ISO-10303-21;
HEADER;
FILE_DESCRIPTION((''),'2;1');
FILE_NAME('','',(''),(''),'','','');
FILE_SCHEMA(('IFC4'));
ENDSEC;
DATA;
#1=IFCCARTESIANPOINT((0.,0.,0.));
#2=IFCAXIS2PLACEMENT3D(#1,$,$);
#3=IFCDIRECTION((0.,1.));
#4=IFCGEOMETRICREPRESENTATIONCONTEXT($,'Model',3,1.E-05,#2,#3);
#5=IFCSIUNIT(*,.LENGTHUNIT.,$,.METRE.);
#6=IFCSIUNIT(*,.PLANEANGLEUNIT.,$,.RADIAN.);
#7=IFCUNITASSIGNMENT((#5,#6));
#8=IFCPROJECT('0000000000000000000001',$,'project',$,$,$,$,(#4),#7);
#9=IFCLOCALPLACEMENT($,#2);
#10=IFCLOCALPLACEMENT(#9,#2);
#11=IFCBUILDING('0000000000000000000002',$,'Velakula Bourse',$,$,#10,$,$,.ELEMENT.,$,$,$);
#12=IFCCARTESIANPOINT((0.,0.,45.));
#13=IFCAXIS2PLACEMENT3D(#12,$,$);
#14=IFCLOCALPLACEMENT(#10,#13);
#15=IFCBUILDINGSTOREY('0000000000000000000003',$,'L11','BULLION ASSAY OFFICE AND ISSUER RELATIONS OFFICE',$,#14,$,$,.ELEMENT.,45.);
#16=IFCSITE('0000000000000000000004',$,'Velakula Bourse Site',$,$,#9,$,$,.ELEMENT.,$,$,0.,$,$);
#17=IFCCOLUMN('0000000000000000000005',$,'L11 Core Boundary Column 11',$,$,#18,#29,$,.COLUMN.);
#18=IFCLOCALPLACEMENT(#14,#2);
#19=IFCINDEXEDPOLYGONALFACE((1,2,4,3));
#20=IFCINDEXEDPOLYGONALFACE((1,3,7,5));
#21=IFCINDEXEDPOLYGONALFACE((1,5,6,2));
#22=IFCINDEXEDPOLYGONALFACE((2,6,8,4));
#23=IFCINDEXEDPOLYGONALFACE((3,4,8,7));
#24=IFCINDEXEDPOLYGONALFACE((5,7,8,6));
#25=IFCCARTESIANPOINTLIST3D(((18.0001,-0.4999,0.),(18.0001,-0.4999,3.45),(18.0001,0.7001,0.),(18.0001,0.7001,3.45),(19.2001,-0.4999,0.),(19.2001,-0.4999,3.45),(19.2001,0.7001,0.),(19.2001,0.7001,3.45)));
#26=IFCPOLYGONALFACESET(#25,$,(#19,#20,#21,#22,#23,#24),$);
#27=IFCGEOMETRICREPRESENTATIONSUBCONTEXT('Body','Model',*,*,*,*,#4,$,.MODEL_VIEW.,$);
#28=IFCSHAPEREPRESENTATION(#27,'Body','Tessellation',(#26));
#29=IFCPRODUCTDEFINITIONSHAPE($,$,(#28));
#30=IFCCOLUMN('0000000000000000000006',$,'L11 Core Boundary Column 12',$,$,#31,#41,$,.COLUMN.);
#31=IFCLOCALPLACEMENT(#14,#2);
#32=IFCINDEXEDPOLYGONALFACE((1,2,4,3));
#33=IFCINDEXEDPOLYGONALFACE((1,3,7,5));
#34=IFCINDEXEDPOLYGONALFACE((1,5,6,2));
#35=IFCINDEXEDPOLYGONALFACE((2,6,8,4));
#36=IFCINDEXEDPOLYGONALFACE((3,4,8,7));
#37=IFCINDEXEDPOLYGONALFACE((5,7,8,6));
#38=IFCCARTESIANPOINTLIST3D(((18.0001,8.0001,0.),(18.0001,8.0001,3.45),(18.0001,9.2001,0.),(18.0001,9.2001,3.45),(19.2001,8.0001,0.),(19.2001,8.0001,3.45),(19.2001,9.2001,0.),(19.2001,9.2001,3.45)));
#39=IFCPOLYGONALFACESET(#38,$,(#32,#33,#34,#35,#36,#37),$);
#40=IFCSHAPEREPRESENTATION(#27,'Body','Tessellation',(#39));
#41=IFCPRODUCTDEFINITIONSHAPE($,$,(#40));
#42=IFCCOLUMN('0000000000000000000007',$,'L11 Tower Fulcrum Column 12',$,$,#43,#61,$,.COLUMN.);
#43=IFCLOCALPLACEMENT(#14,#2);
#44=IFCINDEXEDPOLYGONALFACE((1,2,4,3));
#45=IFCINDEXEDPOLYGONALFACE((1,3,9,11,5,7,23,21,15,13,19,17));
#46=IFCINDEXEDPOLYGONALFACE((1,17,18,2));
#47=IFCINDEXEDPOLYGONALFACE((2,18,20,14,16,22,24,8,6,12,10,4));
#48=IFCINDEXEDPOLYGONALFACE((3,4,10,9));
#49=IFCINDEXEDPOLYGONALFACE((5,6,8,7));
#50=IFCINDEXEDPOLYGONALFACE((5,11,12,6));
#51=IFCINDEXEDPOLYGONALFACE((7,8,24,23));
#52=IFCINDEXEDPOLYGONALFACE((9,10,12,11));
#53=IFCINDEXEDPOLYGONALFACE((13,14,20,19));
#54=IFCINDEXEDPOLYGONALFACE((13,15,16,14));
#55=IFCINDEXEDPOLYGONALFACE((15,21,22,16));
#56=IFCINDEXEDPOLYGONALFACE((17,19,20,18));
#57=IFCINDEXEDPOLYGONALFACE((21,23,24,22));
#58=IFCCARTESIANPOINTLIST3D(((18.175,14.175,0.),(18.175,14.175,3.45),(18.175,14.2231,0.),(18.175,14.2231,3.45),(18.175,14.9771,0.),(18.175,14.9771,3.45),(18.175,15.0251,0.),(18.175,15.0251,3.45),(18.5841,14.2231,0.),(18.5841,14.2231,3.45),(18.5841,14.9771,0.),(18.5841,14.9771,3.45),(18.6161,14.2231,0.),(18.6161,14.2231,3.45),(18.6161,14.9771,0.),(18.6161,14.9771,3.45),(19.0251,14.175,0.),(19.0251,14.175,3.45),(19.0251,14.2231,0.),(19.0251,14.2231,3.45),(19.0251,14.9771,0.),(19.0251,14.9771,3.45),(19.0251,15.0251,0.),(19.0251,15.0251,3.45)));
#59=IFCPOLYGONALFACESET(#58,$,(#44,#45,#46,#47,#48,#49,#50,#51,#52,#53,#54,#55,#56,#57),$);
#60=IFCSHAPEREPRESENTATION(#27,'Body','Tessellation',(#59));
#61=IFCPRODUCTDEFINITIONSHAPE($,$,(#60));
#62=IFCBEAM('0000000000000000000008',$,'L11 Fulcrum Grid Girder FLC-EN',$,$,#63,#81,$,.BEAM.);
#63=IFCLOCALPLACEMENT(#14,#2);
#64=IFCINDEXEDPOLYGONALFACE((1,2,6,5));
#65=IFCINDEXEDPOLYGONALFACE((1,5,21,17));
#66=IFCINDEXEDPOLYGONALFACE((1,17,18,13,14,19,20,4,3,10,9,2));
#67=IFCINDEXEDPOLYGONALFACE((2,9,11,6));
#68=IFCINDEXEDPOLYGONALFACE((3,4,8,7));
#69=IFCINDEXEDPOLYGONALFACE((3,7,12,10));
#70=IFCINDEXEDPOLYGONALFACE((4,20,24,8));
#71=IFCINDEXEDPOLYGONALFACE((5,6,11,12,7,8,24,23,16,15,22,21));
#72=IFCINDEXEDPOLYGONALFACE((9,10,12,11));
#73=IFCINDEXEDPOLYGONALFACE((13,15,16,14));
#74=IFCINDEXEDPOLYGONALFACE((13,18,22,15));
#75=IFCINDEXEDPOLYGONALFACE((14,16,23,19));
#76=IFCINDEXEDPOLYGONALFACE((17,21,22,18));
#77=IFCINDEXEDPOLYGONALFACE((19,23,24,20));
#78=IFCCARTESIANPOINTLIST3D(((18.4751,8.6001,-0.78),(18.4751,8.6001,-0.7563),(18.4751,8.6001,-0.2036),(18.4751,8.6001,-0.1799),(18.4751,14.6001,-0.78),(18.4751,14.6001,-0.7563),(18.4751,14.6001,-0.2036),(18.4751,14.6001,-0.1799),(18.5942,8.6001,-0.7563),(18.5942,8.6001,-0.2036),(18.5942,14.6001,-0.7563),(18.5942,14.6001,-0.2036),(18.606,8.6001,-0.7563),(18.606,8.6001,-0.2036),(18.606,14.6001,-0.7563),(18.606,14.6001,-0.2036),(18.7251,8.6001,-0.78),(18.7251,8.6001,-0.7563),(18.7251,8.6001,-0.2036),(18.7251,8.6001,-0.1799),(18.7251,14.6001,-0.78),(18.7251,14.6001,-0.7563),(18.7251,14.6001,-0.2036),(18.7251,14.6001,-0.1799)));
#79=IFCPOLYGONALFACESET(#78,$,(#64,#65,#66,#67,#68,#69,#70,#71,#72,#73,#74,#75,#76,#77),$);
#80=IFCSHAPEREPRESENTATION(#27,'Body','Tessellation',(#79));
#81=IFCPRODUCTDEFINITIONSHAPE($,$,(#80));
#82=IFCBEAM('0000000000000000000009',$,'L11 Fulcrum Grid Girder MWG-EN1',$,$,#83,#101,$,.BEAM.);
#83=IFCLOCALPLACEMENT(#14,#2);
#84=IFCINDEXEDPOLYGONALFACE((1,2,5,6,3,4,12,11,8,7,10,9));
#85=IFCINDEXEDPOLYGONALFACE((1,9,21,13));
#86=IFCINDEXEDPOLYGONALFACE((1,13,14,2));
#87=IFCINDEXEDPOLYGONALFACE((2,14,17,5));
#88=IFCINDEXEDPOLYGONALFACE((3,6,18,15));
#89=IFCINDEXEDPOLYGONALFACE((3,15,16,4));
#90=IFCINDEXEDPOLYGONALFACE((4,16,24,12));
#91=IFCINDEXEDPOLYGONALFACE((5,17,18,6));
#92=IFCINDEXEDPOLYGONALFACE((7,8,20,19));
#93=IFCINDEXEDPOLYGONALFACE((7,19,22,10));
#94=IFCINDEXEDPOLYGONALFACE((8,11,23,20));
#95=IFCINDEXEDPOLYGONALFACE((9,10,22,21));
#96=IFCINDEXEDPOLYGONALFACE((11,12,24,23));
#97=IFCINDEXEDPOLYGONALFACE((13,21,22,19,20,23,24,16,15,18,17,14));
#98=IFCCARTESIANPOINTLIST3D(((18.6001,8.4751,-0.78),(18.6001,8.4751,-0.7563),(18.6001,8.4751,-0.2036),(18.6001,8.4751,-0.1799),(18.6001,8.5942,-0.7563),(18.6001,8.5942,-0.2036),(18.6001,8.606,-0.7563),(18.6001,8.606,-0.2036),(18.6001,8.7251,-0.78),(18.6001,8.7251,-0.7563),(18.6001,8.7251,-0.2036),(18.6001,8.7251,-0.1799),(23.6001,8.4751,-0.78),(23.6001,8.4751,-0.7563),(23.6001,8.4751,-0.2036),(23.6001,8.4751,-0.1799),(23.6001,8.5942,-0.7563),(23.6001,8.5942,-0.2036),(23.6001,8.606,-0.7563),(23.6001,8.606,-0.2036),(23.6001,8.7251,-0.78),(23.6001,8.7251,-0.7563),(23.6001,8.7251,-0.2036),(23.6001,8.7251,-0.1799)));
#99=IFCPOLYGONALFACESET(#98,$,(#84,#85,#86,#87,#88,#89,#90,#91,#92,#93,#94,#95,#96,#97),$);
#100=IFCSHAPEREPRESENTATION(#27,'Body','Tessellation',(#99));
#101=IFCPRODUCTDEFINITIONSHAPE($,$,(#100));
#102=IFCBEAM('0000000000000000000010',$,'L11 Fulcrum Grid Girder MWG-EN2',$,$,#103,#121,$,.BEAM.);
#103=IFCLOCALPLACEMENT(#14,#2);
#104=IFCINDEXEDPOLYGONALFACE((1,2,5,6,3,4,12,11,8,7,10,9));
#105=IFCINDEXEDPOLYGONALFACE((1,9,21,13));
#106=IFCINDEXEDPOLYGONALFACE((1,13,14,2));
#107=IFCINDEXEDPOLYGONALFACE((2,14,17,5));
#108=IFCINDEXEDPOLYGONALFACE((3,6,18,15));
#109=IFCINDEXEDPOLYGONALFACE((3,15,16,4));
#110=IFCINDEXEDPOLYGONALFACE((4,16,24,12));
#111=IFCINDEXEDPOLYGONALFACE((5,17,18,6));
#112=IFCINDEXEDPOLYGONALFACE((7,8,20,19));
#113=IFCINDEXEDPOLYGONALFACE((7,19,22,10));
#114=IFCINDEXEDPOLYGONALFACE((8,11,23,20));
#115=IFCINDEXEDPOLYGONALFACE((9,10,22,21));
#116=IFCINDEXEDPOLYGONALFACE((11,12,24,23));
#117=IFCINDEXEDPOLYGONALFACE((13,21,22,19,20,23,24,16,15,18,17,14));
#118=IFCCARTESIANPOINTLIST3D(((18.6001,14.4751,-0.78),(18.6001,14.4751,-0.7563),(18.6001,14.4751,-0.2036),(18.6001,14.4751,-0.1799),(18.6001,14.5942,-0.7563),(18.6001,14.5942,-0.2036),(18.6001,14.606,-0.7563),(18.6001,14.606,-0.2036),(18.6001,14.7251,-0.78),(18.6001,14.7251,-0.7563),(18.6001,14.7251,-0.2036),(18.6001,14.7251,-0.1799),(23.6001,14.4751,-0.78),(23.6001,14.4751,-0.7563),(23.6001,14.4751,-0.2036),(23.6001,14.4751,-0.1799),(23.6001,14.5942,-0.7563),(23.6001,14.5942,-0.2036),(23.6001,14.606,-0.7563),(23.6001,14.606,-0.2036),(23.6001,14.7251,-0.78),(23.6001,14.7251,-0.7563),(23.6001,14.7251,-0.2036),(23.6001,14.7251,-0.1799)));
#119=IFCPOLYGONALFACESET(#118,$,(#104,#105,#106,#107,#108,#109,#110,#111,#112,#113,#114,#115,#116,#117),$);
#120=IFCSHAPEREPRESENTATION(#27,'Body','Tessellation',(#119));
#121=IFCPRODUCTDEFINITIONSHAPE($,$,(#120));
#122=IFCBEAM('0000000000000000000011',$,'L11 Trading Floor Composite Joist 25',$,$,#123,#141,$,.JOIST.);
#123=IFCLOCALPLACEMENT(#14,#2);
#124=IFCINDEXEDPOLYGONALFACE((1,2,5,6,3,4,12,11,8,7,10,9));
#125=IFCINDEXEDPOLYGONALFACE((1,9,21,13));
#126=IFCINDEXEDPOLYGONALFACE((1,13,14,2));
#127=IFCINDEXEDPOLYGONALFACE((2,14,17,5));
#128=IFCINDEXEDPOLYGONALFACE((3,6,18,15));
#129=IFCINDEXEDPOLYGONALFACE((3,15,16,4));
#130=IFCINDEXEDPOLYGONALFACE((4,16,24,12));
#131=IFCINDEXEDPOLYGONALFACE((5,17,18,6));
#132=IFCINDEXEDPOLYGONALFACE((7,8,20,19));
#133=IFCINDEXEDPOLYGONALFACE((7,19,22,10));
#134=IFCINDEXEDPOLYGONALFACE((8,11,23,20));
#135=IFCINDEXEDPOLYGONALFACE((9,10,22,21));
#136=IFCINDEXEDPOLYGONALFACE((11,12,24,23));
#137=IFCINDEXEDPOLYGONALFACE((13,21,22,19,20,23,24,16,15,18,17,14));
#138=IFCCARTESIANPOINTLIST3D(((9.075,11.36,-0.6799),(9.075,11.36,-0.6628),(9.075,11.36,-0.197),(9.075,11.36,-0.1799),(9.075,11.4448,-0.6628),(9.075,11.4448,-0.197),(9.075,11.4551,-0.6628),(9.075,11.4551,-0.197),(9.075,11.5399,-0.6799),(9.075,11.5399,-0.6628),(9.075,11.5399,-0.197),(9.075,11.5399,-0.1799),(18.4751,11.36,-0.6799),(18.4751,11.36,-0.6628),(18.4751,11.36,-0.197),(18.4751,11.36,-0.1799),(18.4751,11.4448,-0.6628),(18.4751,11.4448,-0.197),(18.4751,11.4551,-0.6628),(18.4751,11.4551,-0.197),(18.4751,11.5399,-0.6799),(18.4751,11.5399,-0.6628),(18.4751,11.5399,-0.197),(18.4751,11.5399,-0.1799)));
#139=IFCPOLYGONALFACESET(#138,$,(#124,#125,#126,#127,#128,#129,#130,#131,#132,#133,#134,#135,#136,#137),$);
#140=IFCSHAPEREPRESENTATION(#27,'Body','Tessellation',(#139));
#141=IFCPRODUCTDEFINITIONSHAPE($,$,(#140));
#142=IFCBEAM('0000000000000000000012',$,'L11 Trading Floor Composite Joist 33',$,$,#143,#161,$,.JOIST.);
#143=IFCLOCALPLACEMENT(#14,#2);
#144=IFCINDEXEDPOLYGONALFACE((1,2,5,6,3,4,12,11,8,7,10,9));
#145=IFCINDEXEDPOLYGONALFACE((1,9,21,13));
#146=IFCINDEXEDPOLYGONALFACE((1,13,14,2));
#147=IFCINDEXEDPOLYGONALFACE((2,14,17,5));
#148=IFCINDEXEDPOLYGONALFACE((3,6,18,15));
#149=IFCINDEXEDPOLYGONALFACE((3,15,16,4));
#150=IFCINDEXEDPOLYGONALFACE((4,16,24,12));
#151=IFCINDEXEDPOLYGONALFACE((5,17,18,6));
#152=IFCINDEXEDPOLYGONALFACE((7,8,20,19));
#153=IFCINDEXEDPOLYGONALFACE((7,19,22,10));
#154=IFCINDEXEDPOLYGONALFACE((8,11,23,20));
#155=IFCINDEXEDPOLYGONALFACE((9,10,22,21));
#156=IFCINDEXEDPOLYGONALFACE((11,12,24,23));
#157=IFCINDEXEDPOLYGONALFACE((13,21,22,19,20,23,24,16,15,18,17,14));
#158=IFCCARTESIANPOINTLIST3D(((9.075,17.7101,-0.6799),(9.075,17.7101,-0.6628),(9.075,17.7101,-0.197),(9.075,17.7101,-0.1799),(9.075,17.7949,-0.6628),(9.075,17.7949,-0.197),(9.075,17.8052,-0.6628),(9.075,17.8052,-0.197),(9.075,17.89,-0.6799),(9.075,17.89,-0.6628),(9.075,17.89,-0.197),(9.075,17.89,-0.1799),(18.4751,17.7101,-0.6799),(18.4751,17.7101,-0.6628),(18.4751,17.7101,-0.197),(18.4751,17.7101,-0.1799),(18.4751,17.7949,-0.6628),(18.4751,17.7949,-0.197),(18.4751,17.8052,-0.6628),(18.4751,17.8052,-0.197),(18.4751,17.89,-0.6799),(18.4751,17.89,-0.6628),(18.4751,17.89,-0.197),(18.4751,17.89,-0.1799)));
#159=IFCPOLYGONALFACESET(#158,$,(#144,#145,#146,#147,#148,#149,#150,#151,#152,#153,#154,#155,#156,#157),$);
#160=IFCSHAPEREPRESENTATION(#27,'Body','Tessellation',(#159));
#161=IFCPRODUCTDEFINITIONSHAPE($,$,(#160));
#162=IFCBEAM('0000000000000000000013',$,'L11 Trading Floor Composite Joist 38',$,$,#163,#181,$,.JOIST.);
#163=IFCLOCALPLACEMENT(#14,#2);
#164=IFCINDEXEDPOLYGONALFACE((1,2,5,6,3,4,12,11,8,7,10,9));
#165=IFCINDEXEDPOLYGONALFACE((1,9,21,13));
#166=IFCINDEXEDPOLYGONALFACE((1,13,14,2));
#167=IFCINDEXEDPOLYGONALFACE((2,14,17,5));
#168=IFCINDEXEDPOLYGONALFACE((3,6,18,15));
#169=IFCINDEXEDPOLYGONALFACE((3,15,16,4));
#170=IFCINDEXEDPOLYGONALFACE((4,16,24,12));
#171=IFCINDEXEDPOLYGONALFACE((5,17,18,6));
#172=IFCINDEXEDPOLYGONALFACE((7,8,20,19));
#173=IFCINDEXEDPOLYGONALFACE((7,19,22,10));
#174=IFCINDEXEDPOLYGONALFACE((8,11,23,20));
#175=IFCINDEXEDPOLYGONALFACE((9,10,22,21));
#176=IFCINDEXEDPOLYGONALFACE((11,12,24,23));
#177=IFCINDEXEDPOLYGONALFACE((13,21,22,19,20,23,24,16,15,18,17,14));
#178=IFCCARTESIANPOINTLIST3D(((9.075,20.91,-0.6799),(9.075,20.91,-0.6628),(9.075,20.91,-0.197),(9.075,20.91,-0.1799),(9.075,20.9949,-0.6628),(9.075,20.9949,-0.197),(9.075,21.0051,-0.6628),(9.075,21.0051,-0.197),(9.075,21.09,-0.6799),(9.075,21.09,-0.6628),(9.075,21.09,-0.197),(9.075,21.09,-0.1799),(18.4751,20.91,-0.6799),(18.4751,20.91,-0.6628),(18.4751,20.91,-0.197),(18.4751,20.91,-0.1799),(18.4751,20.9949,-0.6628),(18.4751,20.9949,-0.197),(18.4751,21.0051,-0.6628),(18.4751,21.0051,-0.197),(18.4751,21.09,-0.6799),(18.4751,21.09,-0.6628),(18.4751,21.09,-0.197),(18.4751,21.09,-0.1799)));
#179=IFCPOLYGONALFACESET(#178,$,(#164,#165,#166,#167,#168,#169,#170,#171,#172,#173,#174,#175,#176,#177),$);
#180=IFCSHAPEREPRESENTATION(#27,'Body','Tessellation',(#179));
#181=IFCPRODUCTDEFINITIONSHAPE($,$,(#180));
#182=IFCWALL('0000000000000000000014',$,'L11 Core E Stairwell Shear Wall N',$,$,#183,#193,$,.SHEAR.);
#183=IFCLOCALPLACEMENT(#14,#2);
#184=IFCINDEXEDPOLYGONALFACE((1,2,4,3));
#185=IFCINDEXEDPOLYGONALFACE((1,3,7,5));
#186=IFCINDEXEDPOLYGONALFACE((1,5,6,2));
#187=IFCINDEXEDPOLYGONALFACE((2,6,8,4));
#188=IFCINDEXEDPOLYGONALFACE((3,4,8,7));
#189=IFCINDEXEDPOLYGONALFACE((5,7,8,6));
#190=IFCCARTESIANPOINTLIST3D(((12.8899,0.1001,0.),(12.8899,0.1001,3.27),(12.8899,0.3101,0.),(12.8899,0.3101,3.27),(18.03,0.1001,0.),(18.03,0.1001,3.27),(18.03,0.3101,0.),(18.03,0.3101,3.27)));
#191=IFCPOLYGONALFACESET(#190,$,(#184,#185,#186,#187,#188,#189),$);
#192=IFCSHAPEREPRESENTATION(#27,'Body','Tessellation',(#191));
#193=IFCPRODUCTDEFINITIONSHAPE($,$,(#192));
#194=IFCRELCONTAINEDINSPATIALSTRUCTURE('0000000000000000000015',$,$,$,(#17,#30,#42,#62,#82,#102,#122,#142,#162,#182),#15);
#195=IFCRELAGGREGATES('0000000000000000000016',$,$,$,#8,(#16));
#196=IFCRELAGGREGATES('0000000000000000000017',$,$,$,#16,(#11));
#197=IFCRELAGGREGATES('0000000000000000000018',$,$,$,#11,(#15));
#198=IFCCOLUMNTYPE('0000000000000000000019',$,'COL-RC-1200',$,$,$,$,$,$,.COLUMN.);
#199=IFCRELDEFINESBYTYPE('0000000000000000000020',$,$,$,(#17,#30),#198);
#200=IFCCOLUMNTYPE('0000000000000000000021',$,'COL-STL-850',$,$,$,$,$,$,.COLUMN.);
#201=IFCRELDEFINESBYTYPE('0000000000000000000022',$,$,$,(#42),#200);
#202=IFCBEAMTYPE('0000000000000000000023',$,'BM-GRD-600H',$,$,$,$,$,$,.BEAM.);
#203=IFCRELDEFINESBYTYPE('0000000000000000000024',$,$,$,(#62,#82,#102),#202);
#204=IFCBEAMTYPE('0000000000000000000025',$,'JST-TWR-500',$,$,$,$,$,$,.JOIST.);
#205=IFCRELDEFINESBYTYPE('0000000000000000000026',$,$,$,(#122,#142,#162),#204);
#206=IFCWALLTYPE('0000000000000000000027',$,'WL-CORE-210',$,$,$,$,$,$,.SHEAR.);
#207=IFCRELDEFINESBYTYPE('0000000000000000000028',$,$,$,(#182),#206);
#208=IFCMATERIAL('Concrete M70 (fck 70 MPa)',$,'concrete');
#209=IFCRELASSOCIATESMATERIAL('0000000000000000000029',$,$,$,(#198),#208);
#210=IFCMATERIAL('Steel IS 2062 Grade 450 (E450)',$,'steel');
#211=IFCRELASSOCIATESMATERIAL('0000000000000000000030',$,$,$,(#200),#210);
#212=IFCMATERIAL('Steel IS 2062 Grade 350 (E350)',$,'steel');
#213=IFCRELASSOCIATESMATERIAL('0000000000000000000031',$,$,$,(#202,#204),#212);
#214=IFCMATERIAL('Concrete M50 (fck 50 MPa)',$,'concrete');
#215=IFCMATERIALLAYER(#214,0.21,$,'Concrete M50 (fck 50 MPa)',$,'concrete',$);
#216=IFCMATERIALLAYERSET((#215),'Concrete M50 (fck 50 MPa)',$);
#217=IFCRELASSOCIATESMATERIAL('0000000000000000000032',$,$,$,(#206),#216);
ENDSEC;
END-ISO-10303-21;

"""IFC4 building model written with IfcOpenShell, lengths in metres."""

from ifc_helpers import new_model, si_unit, direction, frame, frame_2d, origin, origin_2d, place, context, subcontext, project, spatial, rectangle, i_section, extrude, material, layer, layer_set, material_profile, profile_set, type_object, element, save


model = new_model("IFC4")

# Units and contexts
model_context = context("Model", 3, precision=1e-05, world=origin(), true_north=direction((0.0, 1.0)))
body_context = subcontext(model_context, "Body", "Model", "MODEL_VIEW")
ifc_project = project(units=[si_unit("LENGTHUNIT", "METRE"), si_unit("PLANEANGLEUNIT", "RADIAN")], contexts=[model_context])

# Site, building, storey
site_placement = place(None, origin())
site = spatial("IfcSite", under=ifc_project, at=site_placement, Name="Velakula Bourse Site", CompositionType="ELEMENT", RefElevation=0.0)
building_placement = place(site_placement, origin())
building = spatial("IfcBuilding", under=site, at=building_placement, Name="Velakula Bourse", CompositionType="ELEMENT")
storey_placement = place(building_placement, frame((0.0, 0.0, 45.0)))
storey = spatial("IfcBuildingStorey", under=building, at=storey_placement, Name="L11", Description="BULLION ASSAY OFFICE AND ISSUER RELATIONS OFFICE", CompositionType="ELEMENT", Elevation=45.0)

# Columns
ifc_material_1 = material(Name="Concrete M70 (fck 70 MPa)", Category="concrete")
ifc_material_profile_1 = material_profile(ifc_material_1, rectangle(XDim=1.2, YDim=1.2, at=origin_2d()), Name="Concrete M70 (fck 70 MPa)")
ifc_profile_set_1 = profile_set([ifc_material_profile_1], Name="Concrete M70 (fck 70 MPa)")
column_type_1 = type_object("IfcColumnType", Name="COL-RC-1200", PredefinedType="COLUMN", material=ifc_profile_set_1)
for number, where, z_axis, x_axis, name in (
    (1, (18.6001, 0.1001, 0.0), (0.0, 0.0, 1.0), (1.0, 0.0, 0.0), "L11 Core Boundary Column 11"),
    (2, (18.6001, 8.6001, 0.0), (0.0, 0.0, 1.0), (1.0, 0.0, 0.0), "L11 Core Boundary Column 12"),
):
    element("IfcColumn", number, at=place(storey_placement, frame(where, z_axis=z_axis, x_axis=x_axis)), inside=storey, type_object=column_type_1, Name=name, PredefinedType="COLUMN", context=body_context, shape_type="SweptSolid", body=[
        extrude(rectangle(XDim=1.2, YDim=1.2, at=origin_2d()), origin(), (0.0, 0.0, 1.0), 3.45),
    ])
ifc_material_2 = material(Name="Steel IS 2062 Grade 450 (E450)", Category="steel")
ifc_material_profile_2 = material_profile(ifc_material_2, i_section(OverallWidth=0.8501, OverallDepth=0.8501, WebThickness=0.032, FlangeThickness=0.0481, at=origin_2d()), Name="Steel IS 2062 Grade 450 (E450)")
ifc_profile_set_2 = profile_set([ifc_material_profile_2], Name="Steel IS 2062 Grade 450 (E450)")
column_type_2 = type_object("IfcColumnType", Name="COL-STL-850", PredefinedType="COLUMN", material=ifc_profile_set_2)
column_placement = place(storey_placement, frame((18.6001, 14.6001, 0.0), z_axis=(0.0, 0.0, 1.0), x_axis=(1.0, 0.0, 0.0)))
element("IfcColumn", 3, at=column_placement, inside=storey, type_object=column_type_2, Name="L11 Tower Fulcrum Column 12", PredefinedType="COLUMN", context=body_context, shape_type="SweptSolid", body=[
    extrude(i_section(OverallWidth=0.8501, OverallDepth=0.8501, WebThickness=0.032, FlangeThickness=0.0481, at=origin_2d()), origin(), (0.0, 0.0, 1.0), 3.45),
])

# Beams
ifc_material_3 = material(Name="Steel IS 2062 Grade 350 (E350)", Category="steel")
ifc_material_profile_3 = material_profile(ifc_material_3, i_section(OverallWidth=0.25, OverallDepth=0.6001, WebThickness=0.0117, FlangeThickness=0.0237, at=origin_2d()), Name="Steel IS 2062 Grade 350 (E350)")
ifc_profile_set_3 = profile_set([ifc_material_profile_3], Name="Steel IS 2062 Grade 350 (E350)")
beam_type_1 = type_object("IfcBeamType", Name="BM-GRD-600H", PredefinedType="BEAM", material=ifc_profile_set_3)
beam_placement = place(storey_placement, frame((18.6001, 8.6001, -0.48), z_axis=(0.0, 1.0, 0.0), x_axis=(-1.0, 0.0, 0.0)))
element("IfcBeam", 4, at=beam_placement, inside=storey, type_object=beam_type_1, Name="L11 Fulcrum Grid Girder FLC-EN", PredefinedType="BEAM", context=body_context, shape_type="SweptSolid", body=[
    extrude(i_section(OverallWidth=0.25, OverallDepth=0.6001, WebThickness=0.0117, FlangeThickness=0.0237, at=origin_2d()), origin(), (0.0, 0.0, 1.0), 6.0),
])
for number, where, z_axis, x_axis, name in (
    (5, (18.6001, 8.6001, -0.48), (1.0, 0.0, 0.0), (0.0, 1.0, 0.0), "L11 Fulcrum Grid Girder MWG-EN1"),
    (6, (18.6001, 14.6001, -0.48), (1.0, 0.0, 0.0), (0.0, 1.0, 0.0), "L11 Fulcrum Grid Girder MWG-EN2"),
):
    element("IfcBeam", number, at=place(storey_placement, frame(where, z_axis=z_axis, x_axis=x_axis)), inside=storey, type_object=beam_type_1, Name=name, PredefinedType="BEAM", context=body_context, shape_type="SweptSolid", body=[
        extrude(i_section(OverallWidth=0.25, OverallDepth=0.6001, WebThickness=0.0117, FlangeThickness=0.0237, at=origin_2d()), origin(), (0.0, 0.0, 1.0), 5.0),
    ])
ifc_material_profile_4 = material_profile(ifc_material_3, i_section(OverallWidth=0.1799, OverallDepth=0.5, WebThickness=0.0103, FlangeThickness=0.0171, at=origin_2d()), Name="Steel IS 2062 Grade 350 (E350)")
ifc_profile_set_4 = profile_set([ifc_material_profile_4], Name="Steel IS 2062 Grade 350 (E350)")
beam_type_2 = type_object("IfcBeamType", Name="JST-TWR-500", PredefinedType="JOIST", material=ifc_profile_set_4)
for number, where, z_axis, x_axis, name in (
    (7, (9.075, 11.45, -0.4299), (1.0, 0.0, 0.0), (0.0, 1.0, 0.0), "L11 Trading Floor Composite Joist 25"),
    (8, (9.075, 17.8, -0.4299), (1.0, 0.0, 0.0), (0.0, 1.0, 0.0), "L11 Trading Floor Composite Joist 33"),
    (9, (9.075, 21.0, -0.4299), (1.0, 0.0, 0.0), (0.0, 1.0, 0.0), "L11 Trading Floor Composite Joist 38"),
):
    element("IfcBeam", number, at=place(storey_placement, frame(where, z_axis=z_axis, x_axis=x_axis)), inside=storey, type_object=beam_type_2, Name=name, PredefinedType="JOIST", context=body_context, shape_type="SweptSolid", body=[
        extrude(i_section(OverallWidth=0.1799, OverallDepth=0.5, WebThickness=0.0103, FlangeThickness=0.0171, at=origin_2d()), origin(), (0.0, 0.0, 1.0), 9.4001),
    ])

# Wall
ifc_material_4 = material(Name="Concrete M50 (fck 50 MPa)", Category="concrete")
ifc_layer_1 = layer(ifc_material_4, 0.21, Name="Concrete M50 (fck 50 MPa)", Category="concrete")
ifc_layer_set_1 = layer_set([ifc_layer_1], Name="Concrete M50 (fck 50 MPa)")
wall_type_1 = type_object("IfcWallType", Name="WL-CORE-210", PredefinedType="SHEAR", material=ifc_layer_set_1)
wall_1_placement = place(storey_placement, frame((18.03, 0.2051, 0.0), z_axis=(0.0, 0.0, 1.0), x_axis=(-1.0, 0.0, 0.0)))
element("IfcWall", 10, at=wall_1_placement, inside=storey, type_object=wall_type_1, Name="L11 Core E Stairwell Shear Wall N", PredefinedType="SHEAR", context=body_context, shape_type="SweptSolid", body=[
    extrude(rectangle(XDim=5.1401, YDim=0.21, at=frame_2d((2.5701, 0.0))), origin(), (0.0, 0.0, 1.0), 3.27),
])

save(model, "model.ifc")
